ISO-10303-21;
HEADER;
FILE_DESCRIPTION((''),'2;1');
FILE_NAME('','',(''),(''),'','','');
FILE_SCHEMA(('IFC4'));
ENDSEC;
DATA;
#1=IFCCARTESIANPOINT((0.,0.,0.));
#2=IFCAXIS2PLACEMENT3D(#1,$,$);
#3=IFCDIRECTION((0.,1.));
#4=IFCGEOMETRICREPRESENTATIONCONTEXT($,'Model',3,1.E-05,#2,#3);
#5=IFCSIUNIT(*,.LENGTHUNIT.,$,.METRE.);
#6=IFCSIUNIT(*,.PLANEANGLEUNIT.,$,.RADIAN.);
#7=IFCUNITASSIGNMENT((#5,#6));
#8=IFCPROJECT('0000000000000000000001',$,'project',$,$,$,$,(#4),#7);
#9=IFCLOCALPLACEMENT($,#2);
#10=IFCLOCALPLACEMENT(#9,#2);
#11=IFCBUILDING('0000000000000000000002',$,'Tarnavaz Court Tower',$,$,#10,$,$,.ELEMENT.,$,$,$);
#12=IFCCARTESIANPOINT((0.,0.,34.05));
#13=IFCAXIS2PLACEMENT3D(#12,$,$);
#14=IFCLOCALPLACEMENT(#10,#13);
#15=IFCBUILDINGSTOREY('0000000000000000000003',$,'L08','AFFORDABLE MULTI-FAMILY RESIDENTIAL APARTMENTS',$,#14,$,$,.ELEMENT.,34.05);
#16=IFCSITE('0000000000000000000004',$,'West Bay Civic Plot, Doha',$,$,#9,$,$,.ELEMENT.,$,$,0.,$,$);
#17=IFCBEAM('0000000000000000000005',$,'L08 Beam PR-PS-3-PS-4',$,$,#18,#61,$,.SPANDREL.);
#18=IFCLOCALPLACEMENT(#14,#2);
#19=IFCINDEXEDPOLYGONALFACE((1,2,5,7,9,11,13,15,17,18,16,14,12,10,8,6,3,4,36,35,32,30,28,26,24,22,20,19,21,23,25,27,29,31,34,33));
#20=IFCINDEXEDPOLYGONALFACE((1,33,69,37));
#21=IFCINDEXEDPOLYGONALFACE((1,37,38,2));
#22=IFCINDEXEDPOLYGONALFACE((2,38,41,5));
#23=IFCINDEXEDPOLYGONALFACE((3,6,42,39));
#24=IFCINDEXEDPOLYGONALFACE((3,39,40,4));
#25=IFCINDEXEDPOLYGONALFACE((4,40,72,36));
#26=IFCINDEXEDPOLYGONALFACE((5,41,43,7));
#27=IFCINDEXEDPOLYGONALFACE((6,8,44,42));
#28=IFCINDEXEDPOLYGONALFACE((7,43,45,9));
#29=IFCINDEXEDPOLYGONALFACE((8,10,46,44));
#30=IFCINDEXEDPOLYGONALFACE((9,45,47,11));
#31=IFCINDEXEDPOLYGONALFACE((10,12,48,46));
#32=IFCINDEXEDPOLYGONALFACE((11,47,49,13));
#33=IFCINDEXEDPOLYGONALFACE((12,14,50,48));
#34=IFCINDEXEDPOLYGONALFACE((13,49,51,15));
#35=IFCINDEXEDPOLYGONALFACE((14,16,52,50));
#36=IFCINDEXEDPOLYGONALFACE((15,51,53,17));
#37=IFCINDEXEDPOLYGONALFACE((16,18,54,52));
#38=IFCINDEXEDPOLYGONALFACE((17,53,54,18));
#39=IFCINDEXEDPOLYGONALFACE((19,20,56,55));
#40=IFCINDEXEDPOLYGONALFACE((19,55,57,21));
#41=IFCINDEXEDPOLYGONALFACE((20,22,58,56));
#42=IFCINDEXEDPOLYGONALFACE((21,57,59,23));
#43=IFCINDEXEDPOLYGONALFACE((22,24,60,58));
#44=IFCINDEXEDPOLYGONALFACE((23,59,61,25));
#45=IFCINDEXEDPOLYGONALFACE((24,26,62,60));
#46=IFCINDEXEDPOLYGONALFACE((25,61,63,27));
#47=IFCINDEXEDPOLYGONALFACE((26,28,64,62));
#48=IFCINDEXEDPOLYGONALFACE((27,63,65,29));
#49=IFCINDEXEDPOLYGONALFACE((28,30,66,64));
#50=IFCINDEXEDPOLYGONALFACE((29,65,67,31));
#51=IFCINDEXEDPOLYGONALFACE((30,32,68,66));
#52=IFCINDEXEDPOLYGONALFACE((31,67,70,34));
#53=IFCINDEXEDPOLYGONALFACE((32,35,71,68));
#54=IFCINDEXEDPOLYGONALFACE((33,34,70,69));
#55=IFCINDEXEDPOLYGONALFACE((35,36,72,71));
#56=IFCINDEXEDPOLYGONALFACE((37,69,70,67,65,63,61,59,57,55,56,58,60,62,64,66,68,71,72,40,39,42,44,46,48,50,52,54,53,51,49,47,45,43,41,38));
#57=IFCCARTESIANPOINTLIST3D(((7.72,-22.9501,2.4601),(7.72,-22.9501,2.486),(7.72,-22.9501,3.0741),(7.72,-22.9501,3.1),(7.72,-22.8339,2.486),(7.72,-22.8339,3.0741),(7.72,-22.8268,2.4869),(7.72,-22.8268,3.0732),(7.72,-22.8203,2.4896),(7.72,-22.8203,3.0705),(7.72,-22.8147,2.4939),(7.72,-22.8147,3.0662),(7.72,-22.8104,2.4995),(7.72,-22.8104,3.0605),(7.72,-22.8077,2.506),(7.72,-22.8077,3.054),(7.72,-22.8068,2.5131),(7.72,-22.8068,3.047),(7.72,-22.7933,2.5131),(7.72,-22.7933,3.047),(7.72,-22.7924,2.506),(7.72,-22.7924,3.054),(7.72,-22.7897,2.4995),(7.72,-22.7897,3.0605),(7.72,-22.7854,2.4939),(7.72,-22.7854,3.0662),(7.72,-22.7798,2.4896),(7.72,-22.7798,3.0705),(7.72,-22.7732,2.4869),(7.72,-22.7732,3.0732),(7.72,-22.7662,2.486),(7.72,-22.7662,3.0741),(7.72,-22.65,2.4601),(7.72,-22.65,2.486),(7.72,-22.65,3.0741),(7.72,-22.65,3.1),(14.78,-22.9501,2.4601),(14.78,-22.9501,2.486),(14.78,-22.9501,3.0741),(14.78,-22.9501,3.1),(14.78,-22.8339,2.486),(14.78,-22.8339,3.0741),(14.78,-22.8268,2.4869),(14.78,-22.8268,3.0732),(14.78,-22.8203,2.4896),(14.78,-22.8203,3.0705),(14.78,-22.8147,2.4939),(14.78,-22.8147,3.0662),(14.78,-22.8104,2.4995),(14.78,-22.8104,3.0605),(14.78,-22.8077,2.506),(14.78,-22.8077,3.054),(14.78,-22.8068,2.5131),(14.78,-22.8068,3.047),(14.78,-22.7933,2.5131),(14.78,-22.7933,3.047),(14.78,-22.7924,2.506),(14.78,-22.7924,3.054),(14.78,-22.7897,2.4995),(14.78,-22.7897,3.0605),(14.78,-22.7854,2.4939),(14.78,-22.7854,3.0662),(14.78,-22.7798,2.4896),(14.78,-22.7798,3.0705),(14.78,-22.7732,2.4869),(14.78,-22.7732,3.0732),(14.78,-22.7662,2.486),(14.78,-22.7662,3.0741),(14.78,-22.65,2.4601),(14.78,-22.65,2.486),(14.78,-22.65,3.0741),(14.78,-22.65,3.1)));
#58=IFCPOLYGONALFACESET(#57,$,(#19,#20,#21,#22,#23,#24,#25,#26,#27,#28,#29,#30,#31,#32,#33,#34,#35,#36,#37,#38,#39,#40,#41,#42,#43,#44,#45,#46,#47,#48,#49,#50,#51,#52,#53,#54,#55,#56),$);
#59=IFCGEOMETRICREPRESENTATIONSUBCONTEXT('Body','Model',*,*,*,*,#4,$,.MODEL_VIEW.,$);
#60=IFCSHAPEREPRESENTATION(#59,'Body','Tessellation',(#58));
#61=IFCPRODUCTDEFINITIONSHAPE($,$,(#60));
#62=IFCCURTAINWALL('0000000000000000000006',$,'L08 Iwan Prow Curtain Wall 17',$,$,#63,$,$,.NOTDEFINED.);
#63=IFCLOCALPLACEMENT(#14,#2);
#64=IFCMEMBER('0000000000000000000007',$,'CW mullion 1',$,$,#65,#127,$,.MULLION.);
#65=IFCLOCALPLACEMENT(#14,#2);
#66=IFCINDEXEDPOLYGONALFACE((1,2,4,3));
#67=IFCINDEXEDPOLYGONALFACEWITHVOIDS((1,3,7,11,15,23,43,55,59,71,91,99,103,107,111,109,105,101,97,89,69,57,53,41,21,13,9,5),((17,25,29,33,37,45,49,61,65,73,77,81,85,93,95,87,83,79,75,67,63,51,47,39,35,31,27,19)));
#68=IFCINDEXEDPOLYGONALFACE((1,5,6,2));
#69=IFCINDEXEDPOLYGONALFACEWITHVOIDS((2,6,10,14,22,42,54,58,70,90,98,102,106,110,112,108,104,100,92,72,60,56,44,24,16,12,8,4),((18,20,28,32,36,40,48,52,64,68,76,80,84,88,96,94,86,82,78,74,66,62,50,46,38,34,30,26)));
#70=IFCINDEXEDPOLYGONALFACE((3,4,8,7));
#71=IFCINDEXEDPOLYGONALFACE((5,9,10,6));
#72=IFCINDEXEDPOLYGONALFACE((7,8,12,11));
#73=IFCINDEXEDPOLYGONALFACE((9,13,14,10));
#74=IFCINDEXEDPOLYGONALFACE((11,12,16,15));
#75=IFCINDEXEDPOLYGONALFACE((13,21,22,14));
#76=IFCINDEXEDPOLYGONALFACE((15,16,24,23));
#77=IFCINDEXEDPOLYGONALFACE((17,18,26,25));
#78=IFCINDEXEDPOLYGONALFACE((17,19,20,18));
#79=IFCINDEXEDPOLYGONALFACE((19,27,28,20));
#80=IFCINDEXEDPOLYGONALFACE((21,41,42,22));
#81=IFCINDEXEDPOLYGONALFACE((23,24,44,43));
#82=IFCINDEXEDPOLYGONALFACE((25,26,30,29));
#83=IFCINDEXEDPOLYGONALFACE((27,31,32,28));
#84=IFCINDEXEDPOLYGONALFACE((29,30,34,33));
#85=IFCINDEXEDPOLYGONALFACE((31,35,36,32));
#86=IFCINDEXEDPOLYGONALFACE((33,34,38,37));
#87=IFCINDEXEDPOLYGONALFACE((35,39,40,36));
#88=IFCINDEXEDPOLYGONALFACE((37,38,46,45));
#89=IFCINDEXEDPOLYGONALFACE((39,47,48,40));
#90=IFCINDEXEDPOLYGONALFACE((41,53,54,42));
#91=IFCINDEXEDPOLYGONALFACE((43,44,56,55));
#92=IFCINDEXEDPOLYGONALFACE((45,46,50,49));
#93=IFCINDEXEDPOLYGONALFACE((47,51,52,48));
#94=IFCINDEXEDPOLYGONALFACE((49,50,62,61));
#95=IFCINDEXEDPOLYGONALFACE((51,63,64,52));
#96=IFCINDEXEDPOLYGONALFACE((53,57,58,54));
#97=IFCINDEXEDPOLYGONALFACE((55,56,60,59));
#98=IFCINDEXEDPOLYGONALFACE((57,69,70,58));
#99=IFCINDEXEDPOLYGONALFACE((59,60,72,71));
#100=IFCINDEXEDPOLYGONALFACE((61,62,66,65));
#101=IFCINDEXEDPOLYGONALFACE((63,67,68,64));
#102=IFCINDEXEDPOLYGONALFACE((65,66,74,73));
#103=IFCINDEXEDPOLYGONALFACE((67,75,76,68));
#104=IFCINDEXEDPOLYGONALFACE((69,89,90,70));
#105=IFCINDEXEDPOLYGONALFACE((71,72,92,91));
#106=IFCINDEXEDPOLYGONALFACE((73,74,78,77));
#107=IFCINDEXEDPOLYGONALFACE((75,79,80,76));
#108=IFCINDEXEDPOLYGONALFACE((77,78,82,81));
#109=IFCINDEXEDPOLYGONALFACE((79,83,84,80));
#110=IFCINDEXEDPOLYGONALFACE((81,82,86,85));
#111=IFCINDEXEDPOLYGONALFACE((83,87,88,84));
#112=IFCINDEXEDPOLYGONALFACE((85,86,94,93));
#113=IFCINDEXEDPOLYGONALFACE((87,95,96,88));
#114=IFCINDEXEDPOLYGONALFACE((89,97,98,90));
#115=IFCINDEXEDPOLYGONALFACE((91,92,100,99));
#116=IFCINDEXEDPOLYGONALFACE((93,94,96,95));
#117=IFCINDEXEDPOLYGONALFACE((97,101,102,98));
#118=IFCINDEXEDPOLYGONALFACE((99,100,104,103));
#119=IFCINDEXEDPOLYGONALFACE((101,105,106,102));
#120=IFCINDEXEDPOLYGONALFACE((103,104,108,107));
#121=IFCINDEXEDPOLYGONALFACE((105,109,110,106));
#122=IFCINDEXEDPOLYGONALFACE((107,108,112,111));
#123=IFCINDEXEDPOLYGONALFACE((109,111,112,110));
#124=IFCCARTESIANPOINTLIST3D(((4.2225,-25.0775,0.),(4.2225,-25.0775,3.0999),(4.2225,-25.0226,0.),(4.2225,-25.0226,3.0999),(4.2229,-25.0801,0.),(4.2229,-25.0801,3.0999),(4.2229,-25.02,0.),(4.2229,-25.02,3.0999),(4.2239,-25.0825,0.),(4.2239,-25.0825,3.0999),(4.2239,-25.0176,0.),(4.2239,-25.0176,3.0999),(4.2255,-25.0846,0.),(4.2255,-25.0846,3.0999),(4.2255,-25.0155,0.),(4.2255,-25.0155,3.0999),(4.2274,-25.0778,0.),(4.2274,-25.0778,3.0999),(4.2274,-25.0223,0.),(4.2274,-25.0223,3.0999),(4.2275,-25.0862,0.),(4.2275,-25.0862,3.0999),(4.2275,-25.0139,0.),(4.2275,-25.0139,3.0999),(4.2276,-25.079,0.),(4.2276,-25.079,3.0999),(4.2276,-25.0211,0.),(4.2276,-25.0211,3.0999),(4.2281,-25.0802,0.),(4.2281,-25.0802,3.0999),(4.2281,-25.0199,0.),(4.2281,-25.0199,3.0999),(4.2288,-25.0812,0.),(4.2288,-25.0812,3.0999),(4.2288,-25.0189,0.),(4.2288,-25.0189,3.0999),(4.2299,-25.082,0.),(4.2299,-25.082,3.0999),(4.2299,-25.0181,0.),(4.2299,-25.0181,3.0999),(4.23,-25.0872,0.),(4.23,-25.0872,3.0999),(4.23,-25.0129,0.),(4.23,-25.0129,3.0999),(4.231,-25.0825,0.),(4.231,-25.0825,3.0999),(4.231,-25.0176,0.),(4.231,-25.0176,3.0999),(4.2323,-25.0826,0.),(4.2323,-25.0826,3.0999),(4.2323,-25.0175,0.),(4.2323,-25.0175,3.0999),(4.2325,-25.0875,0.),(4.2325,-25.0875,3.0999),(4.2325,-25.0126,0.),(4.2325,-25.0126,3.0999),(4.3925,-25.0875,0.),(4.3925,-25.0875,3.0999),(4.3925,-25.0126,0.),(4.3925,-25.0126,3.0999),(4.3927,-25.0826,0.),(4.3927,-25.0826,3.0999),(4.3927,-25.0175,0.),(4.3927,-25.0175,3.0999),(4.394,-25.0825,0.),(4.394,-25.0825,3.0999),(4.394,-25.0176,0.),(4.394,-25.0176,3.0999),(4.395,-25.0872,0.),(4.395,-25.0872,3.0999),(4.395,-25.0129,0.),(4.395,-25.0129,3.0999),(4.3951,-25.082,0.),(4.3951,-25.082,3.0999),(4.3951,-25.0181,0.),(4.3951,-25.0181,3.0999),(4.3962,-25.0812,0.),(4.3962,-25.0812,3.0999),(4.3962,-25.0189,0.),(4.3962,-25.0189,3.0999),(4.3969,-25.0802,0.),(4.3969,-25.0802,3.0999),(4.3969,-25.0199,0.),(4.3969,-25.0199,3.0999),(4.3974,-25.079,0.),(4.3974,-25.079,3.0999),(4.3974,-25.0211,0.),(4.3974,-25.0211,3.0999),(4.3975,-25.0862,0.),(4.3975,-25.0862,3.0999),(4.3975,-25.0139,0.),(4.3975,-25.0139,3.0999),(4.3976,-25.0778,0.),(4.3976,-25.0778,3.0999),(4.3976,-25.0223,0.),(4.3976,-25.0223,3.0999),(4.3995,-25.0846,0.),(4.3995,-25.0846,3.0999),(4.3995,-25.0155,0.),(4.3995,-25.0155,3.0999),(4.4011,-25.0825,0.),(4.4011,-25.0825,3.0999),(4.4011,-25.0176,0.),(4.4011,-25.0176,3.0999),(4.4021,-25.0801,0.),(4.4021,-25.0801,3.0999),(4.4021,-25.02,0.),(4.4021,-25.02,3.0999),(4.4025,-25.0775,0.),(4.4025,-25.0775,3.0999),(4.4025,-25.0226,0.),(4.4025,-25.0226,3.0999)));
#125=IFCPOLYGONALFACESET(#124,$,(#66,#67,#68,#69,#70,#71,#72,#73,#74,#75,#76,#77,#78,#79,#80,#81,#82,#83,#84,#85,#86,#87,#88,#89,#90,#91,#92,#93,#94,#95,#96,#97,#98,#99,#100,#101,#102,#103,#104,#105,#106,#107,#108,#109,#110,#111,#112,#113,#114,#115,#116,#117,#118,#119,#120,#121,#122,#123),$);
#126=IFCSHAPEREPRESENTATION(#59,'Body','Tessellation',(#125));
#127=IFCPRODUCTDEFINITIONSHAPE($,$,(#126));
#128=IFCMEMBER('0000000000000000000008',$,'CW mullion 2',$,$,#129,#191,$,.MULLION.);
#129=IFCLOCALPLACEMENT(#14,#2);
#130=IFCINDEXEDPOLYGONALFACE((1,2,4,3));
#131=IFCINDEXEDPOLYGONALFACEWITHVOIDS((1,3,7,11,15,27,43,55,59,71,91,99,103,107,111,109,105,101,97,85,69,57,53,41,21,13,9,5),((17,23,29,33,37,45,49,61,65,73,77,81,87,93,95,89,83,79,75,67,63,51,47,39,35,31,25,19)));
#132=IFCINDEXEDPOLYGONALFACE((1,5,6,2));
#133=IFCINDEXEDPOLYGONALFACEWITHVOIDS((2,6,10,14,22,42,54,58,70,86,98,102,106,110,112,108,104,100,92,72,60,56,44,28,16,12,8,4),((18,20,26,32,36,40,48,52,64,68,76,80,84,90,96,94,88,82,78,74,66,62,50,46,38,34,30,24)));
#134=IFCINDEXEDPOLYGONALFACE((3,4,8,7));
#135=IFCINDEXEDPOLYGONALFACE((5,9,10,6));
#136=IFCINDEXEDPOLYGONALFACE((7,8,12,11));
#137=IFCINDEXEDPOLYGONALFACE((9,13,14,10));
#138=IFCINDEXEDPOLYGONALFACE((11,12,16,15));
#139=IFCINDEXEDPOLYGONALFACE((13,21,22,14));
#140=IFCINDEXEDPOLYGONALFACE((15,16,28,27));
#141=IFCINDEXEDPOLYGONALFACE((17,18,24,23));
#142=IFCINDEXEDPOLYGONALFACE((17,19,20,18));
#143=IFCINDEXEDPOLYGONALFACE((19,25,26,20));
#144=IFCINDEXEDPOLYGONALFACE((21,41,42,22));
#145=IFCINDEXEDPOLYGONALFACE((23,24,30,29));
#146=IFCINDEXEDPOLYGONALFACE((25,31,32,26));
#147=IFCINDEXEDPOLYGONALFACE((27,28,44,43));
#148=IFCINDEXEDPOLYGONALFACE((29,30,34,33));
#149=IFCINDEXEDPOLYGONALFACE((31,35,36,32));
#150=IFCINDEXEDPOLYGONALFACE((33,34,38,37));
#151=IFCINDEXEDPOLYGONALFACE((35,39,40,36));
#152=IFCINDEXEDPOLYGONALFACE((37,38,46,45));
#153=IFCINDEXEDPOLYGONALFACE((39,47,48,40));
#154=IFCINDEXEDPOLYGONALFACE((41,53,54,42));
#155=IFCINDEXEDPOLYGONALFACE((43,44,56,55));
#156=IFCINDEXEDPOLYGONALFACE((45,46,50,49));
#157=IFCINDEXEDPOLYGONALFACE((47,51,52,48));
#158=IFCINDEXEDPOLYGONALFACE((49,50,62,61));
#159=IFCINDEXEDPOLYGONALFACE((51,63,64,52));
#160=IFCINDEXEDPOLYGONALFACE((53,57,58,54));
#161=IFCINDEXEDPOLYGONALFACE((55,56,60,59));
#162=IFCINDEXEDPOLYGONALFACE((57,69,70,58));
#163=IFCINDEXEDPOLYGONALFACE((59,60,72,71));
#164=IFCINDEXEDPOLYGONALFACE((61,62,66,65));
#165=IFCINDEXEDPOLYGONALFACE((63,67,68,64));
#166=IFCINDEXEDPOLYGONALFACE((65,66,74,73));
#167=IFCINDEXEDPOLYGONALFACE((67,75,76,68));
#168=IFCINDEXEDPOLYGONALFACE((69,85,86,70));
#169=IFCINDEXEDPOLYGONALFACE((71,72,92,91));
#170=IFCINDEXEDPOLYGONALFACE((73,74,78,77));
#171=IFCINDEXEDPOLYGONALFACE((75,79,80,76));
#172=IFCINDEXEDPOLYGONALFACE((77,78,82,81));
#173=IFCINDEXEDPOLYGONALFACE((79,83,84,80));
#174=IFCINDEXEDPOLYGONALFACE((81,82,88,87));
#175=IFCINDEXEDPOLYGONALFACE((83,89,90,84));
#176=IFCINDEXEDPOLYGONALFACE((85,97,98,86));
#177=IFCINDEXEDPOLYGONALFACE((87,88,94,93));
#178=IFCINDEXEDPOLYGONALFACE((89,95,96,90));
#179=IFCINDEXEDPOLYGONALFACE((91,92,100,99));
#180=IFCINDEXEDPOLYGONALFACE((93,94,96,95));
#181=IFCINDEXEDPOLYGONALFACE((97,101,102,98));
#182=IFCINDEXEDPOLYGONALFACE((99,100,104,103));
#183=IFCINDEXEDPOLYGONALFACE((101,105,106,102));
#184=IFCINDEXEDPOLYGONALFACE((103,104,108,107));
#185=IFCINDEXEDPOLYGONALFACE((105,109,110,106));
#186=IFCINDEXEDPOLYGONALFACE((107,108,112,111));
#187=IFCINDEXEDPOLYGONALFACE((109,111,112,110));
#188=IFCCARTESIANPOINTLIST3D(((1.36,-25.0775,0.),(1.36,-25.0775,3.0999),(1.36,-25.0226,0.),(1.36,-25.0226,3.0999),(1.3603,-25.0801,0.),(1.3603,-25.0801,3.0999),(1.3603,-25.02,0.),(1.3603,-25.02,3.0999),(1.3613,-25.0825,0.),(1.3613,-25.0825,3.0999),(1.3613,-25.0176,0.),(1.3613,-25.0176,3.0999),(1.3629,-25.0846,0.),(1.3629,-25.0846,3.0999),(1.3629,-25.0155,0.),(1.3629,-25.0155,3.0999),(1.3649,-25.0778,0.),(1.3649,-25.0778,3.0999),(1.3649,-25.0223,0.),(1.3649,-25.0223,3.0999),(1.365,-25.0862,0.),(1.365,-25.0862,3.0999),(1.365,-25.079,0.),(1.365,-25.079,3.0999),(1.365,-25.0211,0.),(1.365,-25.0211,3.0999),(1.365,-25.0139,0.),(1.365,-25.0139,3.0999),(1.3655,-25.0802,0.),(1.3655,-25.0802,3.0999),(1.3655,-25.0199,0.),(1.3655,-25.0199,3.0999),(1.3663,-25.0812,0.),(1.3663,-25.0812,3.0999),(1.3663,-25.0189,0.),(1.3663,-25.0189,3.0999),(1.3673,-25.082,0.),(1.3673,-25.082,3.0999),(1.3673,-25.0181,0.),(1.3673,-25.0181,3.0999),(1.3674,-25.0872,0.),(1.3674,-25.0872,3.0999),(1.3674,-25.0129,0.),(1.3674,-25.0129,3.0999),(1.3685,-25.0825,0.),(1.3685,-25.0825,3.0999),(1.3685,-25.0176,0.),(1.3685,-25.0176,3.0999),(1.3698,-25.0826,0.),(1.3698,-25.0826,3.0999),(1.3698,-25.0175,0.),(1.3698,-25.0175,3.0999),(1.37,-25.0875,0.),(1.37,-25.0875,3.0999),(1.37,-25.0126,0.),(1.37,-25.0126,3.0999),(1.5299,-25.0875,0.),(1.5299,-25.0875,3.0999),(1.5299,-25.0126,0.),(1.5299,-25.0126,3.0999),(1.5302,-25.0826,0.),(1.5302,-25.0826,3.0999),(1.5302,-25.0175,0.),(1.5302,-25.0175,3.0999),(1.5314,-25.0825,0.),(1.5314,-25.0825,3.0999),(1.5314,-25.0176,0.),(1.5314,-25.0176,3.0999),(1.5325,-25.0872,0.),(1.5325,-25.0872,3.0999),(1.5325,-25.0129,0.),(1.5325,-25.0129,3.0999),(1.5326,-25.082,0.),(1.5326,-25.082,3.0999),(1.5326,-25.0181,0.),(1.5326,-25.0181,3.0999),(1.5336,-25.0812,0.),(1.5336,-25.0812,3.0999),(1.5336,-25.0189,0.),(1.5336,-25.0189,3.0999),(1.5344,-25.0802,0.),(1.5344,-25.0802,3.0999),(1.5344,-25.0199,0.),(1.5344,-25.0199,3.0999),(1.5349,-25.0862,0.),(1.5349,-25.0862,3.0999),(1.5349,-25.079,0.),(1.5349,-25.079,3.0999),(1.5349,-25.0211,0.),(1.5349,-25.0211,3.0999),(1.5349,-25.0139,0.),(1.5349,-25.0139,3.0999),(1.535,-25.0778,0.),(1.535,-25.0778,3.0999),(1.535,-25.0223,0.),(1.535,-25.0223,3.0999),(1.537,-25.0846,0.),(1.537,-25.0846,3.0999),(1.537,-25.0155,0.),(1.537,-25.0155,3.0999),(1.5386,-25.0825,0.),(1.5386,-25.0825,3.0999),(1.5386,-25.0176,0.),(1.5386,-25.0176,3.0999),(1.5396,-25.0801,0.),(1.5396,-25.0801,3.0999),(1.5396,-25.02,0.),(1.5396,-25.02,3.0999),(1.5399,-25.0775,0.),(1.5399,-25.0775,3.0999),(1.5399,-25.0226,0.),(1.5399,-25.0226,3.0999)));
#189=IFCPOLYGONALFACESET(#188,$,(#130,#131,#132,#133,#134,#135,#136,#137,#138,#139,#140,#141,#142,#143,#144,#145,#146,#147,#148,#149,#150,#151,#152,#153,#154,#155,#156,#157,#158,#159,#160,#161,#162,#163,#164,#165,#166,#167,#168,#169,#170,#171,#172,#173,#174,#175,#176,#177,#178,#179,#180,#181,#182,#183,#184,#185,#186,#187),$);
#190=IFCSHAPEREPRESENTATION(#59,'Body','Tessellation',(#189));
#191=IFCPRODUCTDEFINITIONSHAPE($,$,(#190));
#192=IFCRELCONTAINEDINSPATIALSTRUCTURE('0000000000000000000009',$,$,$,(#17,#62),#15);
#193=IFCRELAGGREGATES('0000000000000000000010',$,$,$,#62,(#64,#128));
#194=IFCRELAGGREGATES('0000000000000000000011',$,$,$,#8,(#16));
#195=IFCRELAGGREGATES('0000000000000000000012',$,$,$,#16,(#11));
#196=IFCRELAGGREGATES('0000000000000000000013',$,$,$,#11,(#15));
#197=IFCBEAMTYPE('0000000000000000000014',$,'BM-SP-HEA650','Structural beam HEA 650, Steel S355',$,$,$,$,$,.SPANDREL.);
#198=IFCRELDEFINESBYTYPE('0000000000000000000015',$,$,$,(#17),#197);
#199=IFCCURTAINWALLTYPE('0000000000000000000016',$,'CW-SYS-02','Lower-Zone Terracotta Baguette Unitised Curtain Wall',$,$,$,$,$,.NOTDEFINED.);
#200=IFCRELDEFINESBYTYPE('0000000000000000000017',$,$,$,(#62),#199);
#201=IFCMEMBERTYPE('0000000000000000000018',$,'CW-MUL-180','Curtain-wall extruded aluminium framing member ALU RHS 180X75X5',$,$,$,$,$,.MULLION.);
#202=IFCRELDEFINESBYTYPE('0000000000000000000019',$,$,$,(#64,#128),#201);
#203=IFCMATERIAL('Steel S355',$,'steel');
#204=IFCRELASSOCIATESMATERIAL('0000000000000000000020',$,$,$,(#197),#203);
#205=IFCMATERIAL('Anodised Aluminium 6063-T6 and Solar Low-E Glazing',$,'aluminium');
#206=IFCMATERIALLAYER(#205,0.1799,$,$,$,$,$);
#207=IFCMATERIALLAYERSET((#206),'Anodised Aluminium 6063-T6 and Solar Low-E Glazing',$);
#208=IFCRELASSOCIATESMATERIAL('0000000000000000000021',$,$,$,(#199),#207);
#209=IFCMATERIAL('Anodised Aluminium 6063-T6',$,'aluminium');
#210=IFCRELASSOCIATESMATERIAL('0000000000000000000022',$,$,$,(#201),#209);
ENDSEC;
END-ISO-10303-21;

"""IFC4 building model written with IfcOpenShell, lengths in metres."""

from ifc_helpers import new_model, si_unit, direction, frame, origin, origin_2d, place, context, subcontext, project, spatial, hollow_rectangle, i_section, extrude, material, layer, layer_set, material_profile, profile_set, type_object, element, aggregate, save


model = new_model("IFC4")

# Units and contexts
model_context = context("Model", 3, precision=1e-05, world=origin(), true_north=direction((0.0, 1.0)))
body_context = subcontext(model_context, "Body", "Model", "MODEL_VIEW")
ifc_project = project(units=[si_unit("LENGTHUNIT", "METRE"), si_unit("PLANEANGLEUNIT", "RADIAN")], contexts=[model_context])

# Site, building, storey
site_placement = place(None, origin())
site = spatial("IfcSite", under=ifc_project, at=site_placement, Name="West Bay Civic Plot, Doha", CompositionType="ELEMENT", RefElevation=0.0)
building_placement = place(site_placement, origin())
building = spatial("IfcBuilding", under=site, at=building_placement, Name="Tarnavaz Court Tower", CompositionType="ELEMENT")
storey_placement = place(building_placement, frame((0.0, 0.0, 34.05)))
storey = spatial("IfcBuildingStorey", under=building, at=storey_placement, Name="L08", Description="AFFORDABLE MULTI-FAMILY RESIDENTIAL APARTMENTS", CompositionType="ELEMENT", Elevation=34.05)

# Beam
ifc_material_1 = material(Name="Steel S355", Category="steel")
ifc_material_profile_1 = material_profile(ifc_material_1, i_section(OverallWidth=0.3, OverallDepth=0.6399, WebThickness=0.0134, FlangeThickness=0.0259, FilletRadius=0.0271, at=origin_2d()), Name="HEA 650")
ifc_profile_set_1 = profile_set([ifc_material_profile_1], Name="Steel S355")
beam_type_1 = type_object("IfcBeamType", Name="BM-SP-HEA650", Description="Structural beam HEA 650, Steel S355", PredefinedType="SPANDREL", material=ifc_profile_set_1)
beam_placement = place(storey_placement, frame((7.72, -22.8, 2.78), z_axis=(1.0, 0.0, 0.0), x_axis=(0.0, 1.0, 0.0)))
element("IfcBeam", 1, at=beam_placement, inside=storey, type_object=beam_type_1, Name="L08 Beam PR-PS-3-PS-4", PredefinedType="SPANDREL", context=body_context, shape_type="SweptSolid", body=[
    extrude(i_section(OverallWidth=0.3, OverallDepth=0.6399, WebThickness=0.0134, FlangeThickness=0.0259, FilletRadius=0.0271, at=origin_2d()), origin(), (0.0, 0.0, 1.0), 7.0601),
])

# Curtain wall, members
ifc_material_2 = material(Name="Anodised Aluminium 6063-T6 and Solar Low-E Glazing", Category="aluminium")
ifc_layer_1 = layer(ifc_material_2, 0.1799)
ifc_layer_set_1 = layer_set([ifc_layer_1], Name="Anodised Aluminium 6063-T6 and Solar Low-E Glazing")
curtain_wall_type = type_object("IfcCurtainWallType", Name="CW-SYS-02", Description="Lower-Zone Terracotta Baguette Unitised Curtain Wall", PredefinedType="NOTDEFINED", material=ifc_layer_set_1)
curtain_wall_placement = place(storey_placement, origin())
curtain_wall = element("IfcCurtainWall", 2, at=curtain_wall_placement, inside=storey, type_object=curtain_wall_type, Name="L08 Iwan Prow Curtain Wall 17", PredefinedType="NOTDEFINED")
ifc_material_3 = material(Name="Anodised Aluminium 6063-T6", Category="aluminium")
ifc_material_profile_2 = material_profile(ifc_material_3, hollow_rectangle(XDim=0.075, YDim=0.1799, WallThickness=0.0049, InnerFilletRadius=0.0049, OuterFilletRadius=0.01, at=origin_2d()), Name="ALU RHS 180X75X5")
ifc_profile_set_2 = profile_set([ifc_material_profile_2], Name="Anodised Aluminium 6063-T6")
member_type_1 = type_object("IfcMemberType", Name="CW-MUL-180", Description="Curtain-wall extruded aluminium framing member ALU RHS 180X75X5", PredefinedType="MULLION", material=ifc_profile_set_2)
member_1_placement = place(storey_placement, frame((4.3125, -25.05, 0.0), z_axis=(0.0, 0.0, 1.0), x_axis=(0.0, -1.0, 0.0)))
member_1 = element("IfcMember", 3, at=member_1_placement, type_object=member_type_1, Name="CW mullion 1", PredefinedType="MULLION", context=body_context, shape_type="SweptSolid", body=[
    extrude(hollow_rectangle(XDim=0.075, YDim=0.1799, WallThickness=0.0049, InnerFilletRadius=0.0049, OuterFilletRadius=0.01, at=origin_2d()), origin(), (0.0, 0.0, 1.0), 3.0999),
])
member_2_placement = place(storey_placement, frame((1.45, -25.05, 0.0), z_axis=(0.0, 0.0, 1.0), x_axis=(0.0, -1.0, 0.0)))
member_2 = element("IfcMember", 4, at=member_2_placement, type_object=member_type_1, Name="CW mullion 2", PredefinedType="MULLION", context=body_context, shape_type="SweptSolid", body=[
    extrude(hollow_rectangle(XDim=0.075, YDim=0.1799, WallThickness=0.0049, InnerFilletRadius=0.0049, OuterFilletRadius=0.01, at=origin_2d()), origin(), (0.0, 0.0, 1.0), 3.0999),
])
aggregate(curtain_wall, [member_1, member_2])

save(model, "model.ifc")
